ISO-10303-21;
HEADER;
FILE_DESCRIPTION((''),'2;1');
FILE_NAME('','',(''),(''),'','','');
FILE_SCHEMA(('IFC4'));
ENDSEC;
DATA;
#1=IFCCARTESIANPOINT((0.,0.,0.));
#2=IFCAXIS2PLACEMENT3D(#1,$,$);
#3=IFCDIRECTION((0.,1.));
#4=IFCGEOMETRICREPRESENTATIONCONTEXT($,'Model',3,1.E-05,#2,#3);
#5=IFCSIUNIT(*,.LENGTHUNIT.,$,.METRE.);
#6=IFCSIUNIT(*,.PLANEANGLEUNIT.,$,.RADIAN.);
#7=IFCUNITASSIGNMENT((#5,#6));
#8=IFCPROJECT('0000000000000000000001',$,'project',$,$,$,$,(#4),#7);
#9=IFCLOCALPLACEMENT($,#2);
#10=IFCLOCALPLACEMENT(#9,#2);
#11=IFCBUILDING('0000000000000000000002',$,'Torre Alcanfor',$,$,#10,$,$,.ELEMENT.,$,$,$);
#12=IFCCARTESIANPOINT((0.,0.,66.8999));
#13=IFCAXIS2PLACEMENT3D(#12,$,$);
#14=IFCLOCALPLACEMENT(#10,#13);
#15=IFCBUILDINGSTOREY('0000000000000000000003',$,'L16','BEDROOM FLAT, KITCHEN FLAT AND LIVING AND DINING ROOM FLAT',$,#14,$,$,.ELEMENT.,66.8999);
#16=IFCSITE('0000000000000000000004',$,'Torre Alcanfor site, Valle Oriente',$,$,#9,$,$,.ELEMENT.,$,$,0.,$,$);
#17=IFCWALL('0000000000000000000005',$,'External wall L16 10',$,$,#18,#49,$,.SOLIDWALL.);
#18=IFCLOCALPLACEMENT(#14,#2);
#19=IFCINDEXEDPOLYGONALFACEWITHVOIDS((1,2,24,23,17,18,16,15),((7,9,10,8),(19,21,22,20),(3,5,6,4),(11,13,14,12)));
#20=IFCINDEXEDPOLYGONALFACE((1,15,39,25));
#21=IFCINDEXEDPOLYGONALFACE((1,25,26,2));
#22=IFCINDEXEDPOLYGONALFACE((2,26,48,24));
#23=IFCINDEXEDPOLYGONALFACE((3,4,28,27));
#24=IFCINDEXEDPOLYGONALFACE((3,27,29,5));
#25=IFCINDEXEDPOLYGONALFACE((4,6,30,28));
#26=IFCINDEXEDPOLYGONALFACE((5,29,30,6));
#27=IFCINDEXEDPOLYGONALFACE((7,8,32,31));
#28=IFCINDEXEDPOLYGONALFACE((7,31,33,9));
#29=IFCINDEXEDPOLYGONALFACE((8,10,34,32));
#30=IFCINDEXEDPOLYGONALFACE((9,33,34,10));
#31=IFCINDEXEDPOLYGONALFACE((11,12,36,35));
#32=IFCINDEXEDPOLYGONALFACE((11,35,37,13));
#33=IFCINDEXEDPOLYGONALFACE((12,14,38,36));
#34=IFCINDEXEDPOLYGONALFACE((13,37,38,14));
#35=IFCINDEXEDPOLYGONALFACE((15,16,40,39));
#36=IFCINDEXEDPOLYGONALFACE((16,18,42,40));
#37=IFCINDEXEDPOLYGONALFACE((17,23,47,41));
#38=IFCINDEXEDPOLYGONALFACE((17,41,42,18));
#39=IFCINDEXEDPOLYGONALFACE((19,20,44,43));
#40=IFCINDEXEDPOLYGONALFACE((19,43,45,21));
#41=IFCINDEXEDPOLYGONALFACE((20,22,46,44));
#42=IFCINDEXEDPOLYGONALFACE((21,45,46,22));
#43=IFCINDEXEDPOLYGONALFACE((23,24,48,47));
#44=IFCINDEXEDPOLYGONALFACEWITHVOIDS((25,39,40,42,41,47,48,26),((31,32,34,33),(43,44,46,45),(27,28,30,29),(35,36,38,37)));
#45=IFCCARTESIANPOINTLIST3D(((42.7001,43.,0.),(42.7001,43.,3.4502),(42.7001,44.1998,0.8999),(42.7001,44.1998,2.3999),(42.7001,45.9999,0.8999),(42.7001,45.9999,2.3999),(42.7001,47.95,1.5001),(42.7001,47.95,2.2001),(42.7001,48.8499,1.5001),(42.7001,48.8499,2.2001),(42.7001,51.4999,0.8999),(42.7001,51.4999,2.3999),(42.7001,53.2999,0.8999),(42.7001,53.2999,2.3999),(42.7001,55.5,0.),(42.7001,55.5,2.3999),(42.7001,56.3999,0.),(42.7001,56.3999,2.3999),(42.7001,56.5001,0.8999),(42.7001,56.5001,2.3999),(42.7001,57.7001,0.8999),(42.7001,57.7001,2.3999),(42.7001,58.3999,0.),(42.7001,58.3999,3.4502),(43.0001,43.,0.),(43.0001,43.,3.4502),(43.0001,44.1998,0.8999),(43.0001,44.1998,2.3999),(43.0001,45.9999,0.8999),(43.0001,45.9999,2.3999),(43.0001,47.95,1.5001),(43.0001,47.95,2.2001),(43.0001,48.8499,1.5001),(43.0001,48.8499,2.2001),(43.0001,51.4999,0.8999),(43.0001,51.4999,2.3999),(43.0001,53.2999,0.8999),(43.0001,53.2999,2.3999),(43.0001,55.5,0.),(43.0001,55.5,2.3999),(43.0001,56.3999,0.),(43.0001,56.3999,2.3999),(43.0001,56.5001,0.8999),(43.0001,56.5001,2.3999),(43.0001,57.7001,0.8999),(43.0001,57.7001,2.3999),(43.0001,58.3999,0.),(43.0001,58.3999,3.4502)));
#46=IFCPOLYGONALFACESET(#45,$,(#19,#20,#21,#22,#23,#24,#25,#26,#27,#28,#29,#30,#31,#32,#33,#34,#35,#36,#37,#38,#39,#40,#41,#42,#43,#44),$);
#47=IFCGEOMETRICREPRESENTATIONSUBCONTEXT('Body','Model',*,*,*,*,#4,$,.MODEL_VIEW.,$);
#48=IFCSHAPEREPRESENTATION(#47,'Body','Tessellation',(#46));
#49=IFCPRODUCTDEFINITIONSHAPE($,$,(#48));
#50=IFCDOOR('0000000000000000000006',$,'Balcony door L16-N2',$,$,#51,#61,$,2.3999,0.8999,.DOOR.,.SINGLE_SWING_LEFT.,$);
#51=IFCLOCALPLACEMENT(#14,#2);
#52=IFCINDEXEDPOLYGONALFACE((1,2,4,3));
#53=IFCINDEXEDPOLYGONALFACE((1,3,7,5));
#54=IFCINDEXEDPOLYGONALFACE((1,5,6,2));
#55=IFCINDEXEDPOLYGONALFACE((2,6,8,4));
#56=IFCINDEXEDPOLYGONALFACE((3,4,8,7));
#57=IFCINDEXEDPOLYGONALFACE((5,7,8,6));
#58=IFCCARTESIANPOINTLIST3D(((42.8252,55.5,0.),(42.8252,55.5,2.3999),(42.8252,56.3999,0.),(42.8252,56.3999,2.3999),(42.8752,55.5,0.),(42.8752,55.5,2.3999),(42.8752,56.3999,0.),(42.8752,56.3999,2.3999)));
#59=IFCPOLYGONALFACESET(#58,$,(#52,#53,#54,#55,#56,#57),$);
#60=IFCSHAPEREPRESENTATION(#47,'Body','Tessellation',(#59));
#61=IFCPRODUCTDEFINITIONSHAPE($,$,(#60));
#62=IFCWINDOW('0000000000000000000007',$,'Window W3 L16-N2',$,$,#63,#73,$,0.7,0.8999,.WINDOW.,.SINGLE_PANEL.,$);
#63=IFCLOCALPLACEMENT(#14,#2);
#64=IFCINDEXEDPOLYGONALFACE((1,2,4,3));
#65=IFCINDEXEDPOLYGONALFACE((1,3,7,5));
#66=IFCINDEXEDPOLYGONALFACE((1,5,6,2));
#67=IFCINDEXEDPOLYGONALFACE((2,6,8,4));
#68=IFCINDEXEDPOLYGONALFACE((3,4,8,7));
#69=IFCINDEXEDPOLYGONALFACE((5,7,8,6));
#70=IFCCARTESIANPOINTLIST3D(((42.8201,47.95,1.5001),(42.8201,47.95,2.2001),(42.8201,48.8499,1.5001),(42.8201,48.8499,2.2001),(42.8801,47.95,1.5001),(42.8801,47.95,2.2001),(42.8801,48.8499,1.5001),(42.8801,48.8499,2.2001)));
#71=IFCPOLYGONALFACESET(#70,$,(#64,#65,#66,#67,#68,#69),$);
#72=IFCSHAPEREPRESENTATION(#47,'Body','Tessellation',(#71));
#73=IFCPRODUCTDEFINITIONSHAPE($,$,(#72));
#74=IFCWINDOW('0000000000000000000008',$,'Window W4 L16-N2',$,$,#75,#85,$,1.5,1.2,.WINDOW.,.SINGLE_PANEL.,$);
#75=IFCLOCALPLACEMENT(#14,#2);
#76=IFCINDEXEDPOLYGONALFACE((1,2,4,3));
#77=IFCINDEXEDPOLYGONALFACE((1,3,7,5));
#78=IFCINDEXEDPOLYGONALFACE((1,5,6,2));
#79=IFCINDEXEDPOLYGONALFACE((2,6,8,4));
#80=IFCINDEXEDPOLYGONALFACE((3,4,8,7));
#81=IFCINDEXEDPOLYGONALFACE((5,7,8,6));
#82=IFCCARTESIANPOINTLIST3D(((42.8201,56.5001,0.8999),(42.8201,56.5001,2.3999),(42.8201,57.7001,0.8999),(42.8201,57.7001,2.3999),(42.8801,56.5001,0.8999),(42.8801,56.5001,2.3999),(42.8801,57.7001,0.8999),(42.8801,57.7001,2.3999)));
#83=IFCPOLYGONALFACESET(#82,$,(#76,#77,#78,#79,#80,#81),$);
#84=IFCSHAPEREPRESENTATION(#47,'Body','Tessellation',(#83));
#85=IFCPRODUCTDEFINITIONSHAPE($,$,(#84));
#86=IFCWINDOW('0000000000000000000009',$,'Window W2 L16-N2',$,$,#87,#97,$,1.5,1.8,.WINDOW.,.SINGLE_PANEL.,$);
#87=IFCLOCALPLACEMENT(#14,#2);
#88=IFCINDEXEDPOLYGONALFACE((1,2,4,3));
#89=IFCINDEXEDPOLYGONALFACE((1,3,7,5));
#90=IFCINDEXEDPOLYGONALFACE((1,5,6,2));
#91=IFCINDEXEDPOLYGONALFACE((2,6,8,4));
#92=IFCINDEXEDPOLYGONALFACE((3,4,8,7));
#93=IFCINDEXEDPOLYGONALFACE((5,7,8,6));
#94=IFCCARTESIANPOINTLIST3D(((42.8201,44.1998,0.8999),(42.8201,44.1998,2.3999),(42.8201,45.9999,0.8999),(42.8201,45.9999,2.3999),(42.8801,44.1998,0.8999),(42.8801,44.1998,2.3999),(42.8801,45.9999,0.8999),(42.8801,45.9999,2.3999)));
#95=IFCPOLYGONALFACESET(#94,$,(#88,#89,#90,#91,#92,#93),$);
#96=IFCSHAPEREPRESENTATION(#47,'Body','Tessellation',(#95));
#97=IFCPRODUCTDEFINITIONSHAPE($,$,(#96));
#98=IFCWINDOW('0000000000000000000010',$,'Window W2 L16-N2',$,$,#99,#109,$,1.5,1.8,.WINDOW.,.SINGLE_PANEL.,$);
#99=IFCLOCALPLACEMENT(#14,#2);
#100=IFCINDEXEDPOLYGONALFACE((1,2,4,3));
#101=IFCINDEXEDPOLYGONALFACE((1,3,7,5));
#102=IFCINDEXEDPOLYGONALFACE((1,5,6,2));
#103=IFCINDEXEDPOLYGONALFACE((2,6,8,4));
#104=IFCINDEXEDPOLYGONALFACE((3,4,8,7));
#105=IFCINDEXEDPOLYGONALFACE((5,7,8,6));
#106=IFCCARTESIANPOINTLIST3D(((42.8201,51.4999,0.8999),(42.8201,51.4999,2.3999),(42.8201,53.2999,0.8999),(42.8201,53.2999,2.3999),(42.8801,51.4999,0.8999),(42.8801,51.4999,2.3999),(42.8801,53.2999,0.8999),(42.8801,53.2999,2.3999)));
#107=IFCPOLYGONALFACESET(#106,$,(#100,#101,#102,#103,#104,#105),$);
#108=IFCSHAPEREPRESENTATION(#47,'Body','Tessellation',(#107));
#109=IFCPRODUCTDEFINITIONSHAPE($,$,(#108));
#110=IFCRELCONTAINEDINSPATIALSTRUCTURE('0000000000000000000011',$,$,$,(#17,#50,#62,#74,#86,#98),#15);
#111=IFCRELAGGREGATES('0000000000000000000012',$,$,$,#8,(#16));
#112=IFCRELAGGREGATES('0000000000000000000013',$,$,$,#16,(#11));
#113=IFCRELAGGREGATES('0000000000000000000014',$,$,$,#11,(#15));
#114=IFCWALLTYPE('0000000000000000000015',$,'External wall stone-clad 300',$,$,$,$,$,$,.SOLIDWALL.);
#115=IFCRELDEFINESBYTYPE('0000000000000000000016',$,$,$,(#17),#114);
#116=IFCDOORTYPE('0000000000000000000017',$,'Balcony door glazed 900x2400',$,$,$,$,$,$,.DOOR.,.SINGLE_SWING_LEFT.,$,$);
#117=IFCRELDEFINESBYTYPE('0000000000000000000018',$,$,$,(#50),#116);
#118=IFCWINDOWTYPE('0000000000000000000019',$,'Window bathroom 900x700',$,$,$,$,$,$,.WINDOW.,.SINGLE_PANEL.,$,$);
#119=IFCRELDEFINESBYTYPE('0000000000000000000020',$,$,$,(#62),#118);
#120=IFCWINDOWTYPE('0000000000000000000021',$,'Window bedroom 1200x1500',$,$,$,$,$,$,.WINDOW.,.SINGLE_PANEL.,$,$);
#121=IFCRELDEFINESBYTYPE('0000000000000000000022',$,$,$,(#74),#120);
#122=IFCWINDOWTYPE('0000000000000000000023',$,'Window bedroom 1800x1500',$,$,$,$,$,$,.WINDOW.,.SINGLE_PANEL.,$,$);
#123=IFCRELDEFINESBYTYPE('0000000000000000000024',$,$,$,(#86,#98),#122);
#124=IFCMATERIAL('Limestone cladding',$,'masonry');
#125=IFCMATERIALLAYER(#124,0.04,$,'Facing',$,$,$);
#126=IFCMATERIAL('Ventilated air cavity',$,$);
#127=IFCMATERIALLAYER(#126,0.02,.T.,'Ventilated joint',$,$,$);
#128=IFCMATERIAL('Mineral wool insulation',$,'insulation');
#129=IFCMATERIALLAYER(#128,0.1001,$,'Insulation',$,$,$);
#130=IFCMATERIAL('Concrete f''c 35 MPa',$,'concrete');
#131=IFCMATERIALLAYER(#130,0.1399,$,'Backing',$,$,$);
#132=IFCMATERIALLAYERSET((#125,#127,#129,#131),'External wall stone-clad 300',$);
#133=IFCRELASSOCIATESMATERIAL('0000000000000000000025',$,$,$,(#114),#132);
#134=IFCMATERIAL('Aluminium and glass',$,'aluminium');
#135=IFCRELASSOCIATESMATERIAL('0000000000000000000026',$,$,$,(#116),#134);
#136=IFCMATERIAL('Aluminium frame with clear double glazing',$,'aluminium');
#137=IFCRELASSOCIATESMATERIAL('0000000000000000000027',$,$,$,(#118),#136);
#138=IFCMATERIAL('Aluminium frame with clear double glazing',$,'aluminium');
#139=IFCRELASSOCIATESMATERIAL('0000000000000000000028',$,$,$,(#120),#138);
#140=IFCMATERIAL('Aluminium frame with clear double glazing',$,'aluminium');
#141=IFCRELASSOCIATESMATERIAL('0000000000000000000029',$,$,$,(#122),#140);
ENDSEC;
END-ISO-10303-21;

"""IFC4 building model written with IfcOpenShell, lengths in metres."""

from ifc_helpers import new_model, si_unit, direction, frame, frame_2d, origin, place, context, subcontext, project, spatial, rectangle, extrude, material, layer, layer_set, type_object, element, fill, save


model = new_model("IFC4")

# Units and contexts
model_context = context("Model", 3, precision=1e-05, world=origin(), true_north=direction((0.0, 1.0)))
body_context = subcontext(model_context, "Body", "Model", "MODEL_VIEW")
ifc_project = project(units=[si_unit("LENGTHUNIT", "METRE"), si_unit("PLANEANGLEUNIT", "RADIAN")], contexts=[model_context])

# Site, building, storey
site_placement = place(None, origin())
site = spatial("IfcSite", under=ifc_project, at=site_placement, Name="Torre Alcanfor site, Valle Oriente", CompositionType="ELEMENT", RefElevation=0.0)
building_placement = place(site_placement, origin())
building = spatial("IfcBuilding", under=site, at=building_placement, Name="Torre Alcanfor", CompositionType="ELEMENT")
storey_placement = place(building_placement, frame((0.0, 0.0, 66.8999)))
storey = spatial("IfcBuildingStorey", under=building, at=storey_placement, Name="L16", Description="BEDROOM FLAT, KITCHEN FLAT AND LIVING AND DINING ROOM FLAT", CompositionType="ELEMENT", Elevation=66.8999)

# Wall, openings, door, windows
ifc_material_1 = material(Name="Limestone cladding", Category="masonry")
ifc_layer_1 = layer(ifc_material_1, 0.04, Name="Facing")
ifc_material_2 = material(Name="Ventilated air cavity")
ifc_layer_2 = layer(ifc_material_2, 0.02, ventilated=True, Name="Ventilated joint")
ifc_material_3 = material(Name="Mineral wool insulation", Category="insulation")
ifc_layer_3 = layer(ifc_material_3, 0.1001, Name="Insulation")
ifc_material_4 = material(Name="Concrete f'c 35 MPa", Category="concrete")
ifc_layer_4 = layer(ifc_material_4, 0.1399, Name="Backing")
ifc_layer_set_1 = layer_set([ifc_layer_1, ifc_layer_2, ifc_layer_3, ifc_layer_4], Name="External wall stone-clad 300")
wall_type_1 = type_object("IfcWallType", Name="External wall stone-clad 300", PredefinedType="SOLIDWALL", material=ifc_layer_set_1)
ifc_material_5 = material(Name="Aluminium and glass", Category="aluminium")
door_type = type_object("IfcDoorType", Name="Balcony door glazed 900x2400", OperationType="SINGLE_SWING_LEFT", PredefinedType="DOOR", material=ifc_material_5)
ifc_material_6 = material(Name="Aluminium frame with clear double glazing", Category="aluminium")
window_type_1 = type_object("IfcWindowType", Name="Window bathroom 900x700", PartitioningType="SINGLE_PANEL", PredefinedType="WINDOW", material=ifc_material_6)
ifc_material_7 = material(Name="Aluminium frame with clear double glazing", Category="aluminium")
window_type_2 = type_object("IfcWindowType", Name="Window bedroom 1200x1500", PartitioningType="SINGLE_PANEL", PredefinedType="WINDOW", material=ifc_material_7)
ifc_material_8 = material(Name="Aluminium frame with clear double glazing", Category="aluminium")
window_type_3 = type_object("IfcWindowType", Name="Window bedroom 1800x1500", PartitioningType="SINGLE_PANEL", PredefinedType="WINDOW", material=ifc_material_8)
wall_1_placement = place(storey_placement, frame((42.8501, 43.0, 0.0), z_axis=(0.0, 0.0, 1.0), x_axis=(0.0, 1.0, 0.0)))
wall_1 = element("IfcWall", 1, at=wall_1_placement, inside=storey, type_object=wall_type_1, Name="External wall L16 10", PredefinedType="SOLIDWALL", context=body_context, shape_type="SweptSolid", body=[
    extrude(rectangle(XDim=15.3999, YDim=0.3, at=frame_2d((7.7, 0.0))), origin(), (0.0, 0.0, 1.0), 3.4502),
])
opening_1_placement = place(wall_1_placement, frame((1.2, 0.0, 0.8999)))
opening_1 = element("IfcOpeningElement", 2, at=opening_1_placement, cuts=wall_1, PredefinedType="OPENING", context=body_context, shape_type="SweptSolid", body=[
    extrude(rectangle(XDim=1.8, YDim=1.5, at=frame_2d((0.8999, 0.75))), frame((0.0, 0.1599, 0.0), z_axis=(0.0, -1.0, 0.0), x_axis=(1.0, 0.0, 0.0)), (0.0, 0.0, 1.0), 0.3201),
])
opening_2_placement = place(wall_1_placement, frame((4.95, 0.0, 1.5)))
opening_2 = element("IfcOpeningElement", 3, at=opening_2_placement, cuts=wall_1, PredefinedType="OPENING", context=body_context, shape_type="SweptSolid", body=[
    extrude(rectangle(XDim=0.8999, YDim=0.7, at=frame_2d((0.45, 0.3501))), frame((0.0, 0.1599, 0.0), z_axis=(0.0, -1.0, 0.0), x_axis=(1.0, 0.0, 0.0)), (0.0, 0.0, 1.0), 0.3201),
])
opening_3_placement = place(wall_1_placement, frame((8.5, 0.0, 0.8999)))
opening_3 = element("IfcOpeningElement", 4, at=opening_3_placement, cuts=wall_1, PredefinedType="OPENING", context=body_context, shape_type="SweptSolid", body=[
    extrude(rectangle(XDim=1.8, YDim=1.5, at=frame_2d((0.8999, 0.75))), frame((0.0, 0.1599, 0.0), z_axis=(0.0, -1.0, 0.0), x_axis=(1.0, 0.0, 0.0)), (0.0, 0.0, 1.0), 0.3201),
])
opening_4_placement = place(wall_1_placement, frame((12.5, 0.0, 0.0)))
opening_4 = element("IfcOpeningElement", 5, at=opening_4_placement, cuts=wall_1, PredefinedType="OPENING", context=body_context, shape_type="SweptSolid", body=[
    extrude(rectangle(XDim=0.8999, YDim=2.3999, at=frame_2d((0.45, 1.2))), frame((0.0, 0.1599, 0.0), z_axis=(0.0, -1.0, 0.0), x_axis=(1.0, 0.0, 0.0)), (0.0, 0.0, 1.0), 0.3201),
])
opening_5_placement = place(wall_1_placement, frame((13.5, 0.0, 0.8999)))
opening_5 = element("IfcOpeningElement", 6, at=opening_5_placement, cuts=wall_1, PredefinedType="OPENING", context=body_context, shape_type="SweptSolid", body=[
    extrude(rectangle(XDim=1.2, YDim=1.5, at=frame_2d((0.6001, 0.75))), frame((0.0, 0.1599, 0.0), z_axis=(0.0, -1.0, 0.0), x_axis=(1.0, 0.0, 0.0)), (0.0, 0.0, 1.0), 0.3201),
])
door_1_placement = place(opening_4_placement, origin())
door_1 = element("IfcDoor", 7, at=door_1_placement, inside=storey, type_object=door_type, Name="Balcony door L16-N2", OperationType="SINGLE_SWING_LEFT", OverallHeight=2.3999, OverallWidth=0.8999, PredefinedType="DOOR", context=body_context, shape_type="SweptSolid", body=[
    extrude(rectangle(XDim=0.8999, YDim=2.3999, at=frame_2d((0.45, 1.2))), frame((0.0, 0.0249, 0.0), z_axis=(0.0, -1.0, 0.0), x_axis=(1.0, 0.0, 0.0)), (0.0, 0.0, 1.0), 0.05),
])
fill(opening_4, door_1)
window_1_placement = place(opening_2_placement, origin())
window_1 = element("IfcWindow", 8, at=window_1_placement, inside=storey, type_object=window_type_1, Name="Window W3 L16-N2", OverallHeight=0.7, OverallWidth=0.8999, PartitioningType="SINGLE_PANEL", PredefinedType="WINDOW", context=body_context, shape_type="SweptSolid", body=[
    extrude(rectangle(XDim=0.8999, YDim=0.7, at=frame_2d((0.45, 0.3501))), frame((0.0, 0.03, 0.0), z_axis=(0.0, -1.0, 0.0), x_axis=(1.0, 0.0, 0.0)), (0.0, 0.0, 1.0), 0.0601),
])
fill(opening_2, window_1)
window_2_placement = place(opening_5_placement, origin())
window_2 = element("IfcWindow", 9, at=window_2_placement, inside=storey, type_object=window_type_2, Name="Window W4 L16-N2", OverallHeight=1.5, OverallWidth=1.2, PartitioningType="SINGLE_PANEL", PredefinedType="WINDOW", context=body_context, shape_type="SweptSolid", body=[
    extrude(rectangle(XDim=1.2, YDim=1.5, at=frame_2d((0.6001, 0.75))), frame((0.0, 0.03, 0.0), z_axis=(0.0, -1.0, 0.0), x_axis=(1.0, 0.0, 0.0)), (0.0, 0.0, 1.0), 0.0601),
])
fill(opening_5, window_2)
window_3_placement = place(opening_1_placement, origin())
window_3 = element("IfcWindow", 10, at=window_3_placement, inside=storey, type_object=window_type_3, Name="Window W2 L16-N2", OverallHeight=1.5, OverallWidth=1.8, PartitioningType="SINGLE_PANEL", PredefinedType="WINDOW", context=body_context, shape_type="SweptSolid", body=[
    extrude(rectangle(XDim=1.8, YDim=1.5, at=frame_2d((0.8999, 0.75))), frame((0.0, 0.03, 0.0), z_axis=(0.0, -1.0, 0.0), x_axis=(1.0, 0.0, 0.0)), (0.0, 0.0, 1.0), 0.0601),
])
fill(opening_1, window_3)
window_4_placement = place(opening_3_placement, origin())
window_4 = element("IfcWindow", 11, at=window_4_placement, inside=storey, type_object=window_type_3, Name="Window W2 L16-N2", OverallHeight=1.5, OverallWidth=1.8, PartitioningType="SINGLE_PANEL", PredefinedType="WINDOW", context=body_context, shape_type="SweptSolid", body=[
    extrude(rectangle(XDim=1.8, YDim=1.5, at=frame_2d((0.8999, 0.75))), frame((0.0, 0.03, 0.0), z_axis=(0.0, -1.0, 0.0), x_axis=(1.0, 0.0, 0.0)), (0.0, 0.0, 1.0), 0.0601),
])
fill(opening_3, window_4)

save(model, "model.ifc")
